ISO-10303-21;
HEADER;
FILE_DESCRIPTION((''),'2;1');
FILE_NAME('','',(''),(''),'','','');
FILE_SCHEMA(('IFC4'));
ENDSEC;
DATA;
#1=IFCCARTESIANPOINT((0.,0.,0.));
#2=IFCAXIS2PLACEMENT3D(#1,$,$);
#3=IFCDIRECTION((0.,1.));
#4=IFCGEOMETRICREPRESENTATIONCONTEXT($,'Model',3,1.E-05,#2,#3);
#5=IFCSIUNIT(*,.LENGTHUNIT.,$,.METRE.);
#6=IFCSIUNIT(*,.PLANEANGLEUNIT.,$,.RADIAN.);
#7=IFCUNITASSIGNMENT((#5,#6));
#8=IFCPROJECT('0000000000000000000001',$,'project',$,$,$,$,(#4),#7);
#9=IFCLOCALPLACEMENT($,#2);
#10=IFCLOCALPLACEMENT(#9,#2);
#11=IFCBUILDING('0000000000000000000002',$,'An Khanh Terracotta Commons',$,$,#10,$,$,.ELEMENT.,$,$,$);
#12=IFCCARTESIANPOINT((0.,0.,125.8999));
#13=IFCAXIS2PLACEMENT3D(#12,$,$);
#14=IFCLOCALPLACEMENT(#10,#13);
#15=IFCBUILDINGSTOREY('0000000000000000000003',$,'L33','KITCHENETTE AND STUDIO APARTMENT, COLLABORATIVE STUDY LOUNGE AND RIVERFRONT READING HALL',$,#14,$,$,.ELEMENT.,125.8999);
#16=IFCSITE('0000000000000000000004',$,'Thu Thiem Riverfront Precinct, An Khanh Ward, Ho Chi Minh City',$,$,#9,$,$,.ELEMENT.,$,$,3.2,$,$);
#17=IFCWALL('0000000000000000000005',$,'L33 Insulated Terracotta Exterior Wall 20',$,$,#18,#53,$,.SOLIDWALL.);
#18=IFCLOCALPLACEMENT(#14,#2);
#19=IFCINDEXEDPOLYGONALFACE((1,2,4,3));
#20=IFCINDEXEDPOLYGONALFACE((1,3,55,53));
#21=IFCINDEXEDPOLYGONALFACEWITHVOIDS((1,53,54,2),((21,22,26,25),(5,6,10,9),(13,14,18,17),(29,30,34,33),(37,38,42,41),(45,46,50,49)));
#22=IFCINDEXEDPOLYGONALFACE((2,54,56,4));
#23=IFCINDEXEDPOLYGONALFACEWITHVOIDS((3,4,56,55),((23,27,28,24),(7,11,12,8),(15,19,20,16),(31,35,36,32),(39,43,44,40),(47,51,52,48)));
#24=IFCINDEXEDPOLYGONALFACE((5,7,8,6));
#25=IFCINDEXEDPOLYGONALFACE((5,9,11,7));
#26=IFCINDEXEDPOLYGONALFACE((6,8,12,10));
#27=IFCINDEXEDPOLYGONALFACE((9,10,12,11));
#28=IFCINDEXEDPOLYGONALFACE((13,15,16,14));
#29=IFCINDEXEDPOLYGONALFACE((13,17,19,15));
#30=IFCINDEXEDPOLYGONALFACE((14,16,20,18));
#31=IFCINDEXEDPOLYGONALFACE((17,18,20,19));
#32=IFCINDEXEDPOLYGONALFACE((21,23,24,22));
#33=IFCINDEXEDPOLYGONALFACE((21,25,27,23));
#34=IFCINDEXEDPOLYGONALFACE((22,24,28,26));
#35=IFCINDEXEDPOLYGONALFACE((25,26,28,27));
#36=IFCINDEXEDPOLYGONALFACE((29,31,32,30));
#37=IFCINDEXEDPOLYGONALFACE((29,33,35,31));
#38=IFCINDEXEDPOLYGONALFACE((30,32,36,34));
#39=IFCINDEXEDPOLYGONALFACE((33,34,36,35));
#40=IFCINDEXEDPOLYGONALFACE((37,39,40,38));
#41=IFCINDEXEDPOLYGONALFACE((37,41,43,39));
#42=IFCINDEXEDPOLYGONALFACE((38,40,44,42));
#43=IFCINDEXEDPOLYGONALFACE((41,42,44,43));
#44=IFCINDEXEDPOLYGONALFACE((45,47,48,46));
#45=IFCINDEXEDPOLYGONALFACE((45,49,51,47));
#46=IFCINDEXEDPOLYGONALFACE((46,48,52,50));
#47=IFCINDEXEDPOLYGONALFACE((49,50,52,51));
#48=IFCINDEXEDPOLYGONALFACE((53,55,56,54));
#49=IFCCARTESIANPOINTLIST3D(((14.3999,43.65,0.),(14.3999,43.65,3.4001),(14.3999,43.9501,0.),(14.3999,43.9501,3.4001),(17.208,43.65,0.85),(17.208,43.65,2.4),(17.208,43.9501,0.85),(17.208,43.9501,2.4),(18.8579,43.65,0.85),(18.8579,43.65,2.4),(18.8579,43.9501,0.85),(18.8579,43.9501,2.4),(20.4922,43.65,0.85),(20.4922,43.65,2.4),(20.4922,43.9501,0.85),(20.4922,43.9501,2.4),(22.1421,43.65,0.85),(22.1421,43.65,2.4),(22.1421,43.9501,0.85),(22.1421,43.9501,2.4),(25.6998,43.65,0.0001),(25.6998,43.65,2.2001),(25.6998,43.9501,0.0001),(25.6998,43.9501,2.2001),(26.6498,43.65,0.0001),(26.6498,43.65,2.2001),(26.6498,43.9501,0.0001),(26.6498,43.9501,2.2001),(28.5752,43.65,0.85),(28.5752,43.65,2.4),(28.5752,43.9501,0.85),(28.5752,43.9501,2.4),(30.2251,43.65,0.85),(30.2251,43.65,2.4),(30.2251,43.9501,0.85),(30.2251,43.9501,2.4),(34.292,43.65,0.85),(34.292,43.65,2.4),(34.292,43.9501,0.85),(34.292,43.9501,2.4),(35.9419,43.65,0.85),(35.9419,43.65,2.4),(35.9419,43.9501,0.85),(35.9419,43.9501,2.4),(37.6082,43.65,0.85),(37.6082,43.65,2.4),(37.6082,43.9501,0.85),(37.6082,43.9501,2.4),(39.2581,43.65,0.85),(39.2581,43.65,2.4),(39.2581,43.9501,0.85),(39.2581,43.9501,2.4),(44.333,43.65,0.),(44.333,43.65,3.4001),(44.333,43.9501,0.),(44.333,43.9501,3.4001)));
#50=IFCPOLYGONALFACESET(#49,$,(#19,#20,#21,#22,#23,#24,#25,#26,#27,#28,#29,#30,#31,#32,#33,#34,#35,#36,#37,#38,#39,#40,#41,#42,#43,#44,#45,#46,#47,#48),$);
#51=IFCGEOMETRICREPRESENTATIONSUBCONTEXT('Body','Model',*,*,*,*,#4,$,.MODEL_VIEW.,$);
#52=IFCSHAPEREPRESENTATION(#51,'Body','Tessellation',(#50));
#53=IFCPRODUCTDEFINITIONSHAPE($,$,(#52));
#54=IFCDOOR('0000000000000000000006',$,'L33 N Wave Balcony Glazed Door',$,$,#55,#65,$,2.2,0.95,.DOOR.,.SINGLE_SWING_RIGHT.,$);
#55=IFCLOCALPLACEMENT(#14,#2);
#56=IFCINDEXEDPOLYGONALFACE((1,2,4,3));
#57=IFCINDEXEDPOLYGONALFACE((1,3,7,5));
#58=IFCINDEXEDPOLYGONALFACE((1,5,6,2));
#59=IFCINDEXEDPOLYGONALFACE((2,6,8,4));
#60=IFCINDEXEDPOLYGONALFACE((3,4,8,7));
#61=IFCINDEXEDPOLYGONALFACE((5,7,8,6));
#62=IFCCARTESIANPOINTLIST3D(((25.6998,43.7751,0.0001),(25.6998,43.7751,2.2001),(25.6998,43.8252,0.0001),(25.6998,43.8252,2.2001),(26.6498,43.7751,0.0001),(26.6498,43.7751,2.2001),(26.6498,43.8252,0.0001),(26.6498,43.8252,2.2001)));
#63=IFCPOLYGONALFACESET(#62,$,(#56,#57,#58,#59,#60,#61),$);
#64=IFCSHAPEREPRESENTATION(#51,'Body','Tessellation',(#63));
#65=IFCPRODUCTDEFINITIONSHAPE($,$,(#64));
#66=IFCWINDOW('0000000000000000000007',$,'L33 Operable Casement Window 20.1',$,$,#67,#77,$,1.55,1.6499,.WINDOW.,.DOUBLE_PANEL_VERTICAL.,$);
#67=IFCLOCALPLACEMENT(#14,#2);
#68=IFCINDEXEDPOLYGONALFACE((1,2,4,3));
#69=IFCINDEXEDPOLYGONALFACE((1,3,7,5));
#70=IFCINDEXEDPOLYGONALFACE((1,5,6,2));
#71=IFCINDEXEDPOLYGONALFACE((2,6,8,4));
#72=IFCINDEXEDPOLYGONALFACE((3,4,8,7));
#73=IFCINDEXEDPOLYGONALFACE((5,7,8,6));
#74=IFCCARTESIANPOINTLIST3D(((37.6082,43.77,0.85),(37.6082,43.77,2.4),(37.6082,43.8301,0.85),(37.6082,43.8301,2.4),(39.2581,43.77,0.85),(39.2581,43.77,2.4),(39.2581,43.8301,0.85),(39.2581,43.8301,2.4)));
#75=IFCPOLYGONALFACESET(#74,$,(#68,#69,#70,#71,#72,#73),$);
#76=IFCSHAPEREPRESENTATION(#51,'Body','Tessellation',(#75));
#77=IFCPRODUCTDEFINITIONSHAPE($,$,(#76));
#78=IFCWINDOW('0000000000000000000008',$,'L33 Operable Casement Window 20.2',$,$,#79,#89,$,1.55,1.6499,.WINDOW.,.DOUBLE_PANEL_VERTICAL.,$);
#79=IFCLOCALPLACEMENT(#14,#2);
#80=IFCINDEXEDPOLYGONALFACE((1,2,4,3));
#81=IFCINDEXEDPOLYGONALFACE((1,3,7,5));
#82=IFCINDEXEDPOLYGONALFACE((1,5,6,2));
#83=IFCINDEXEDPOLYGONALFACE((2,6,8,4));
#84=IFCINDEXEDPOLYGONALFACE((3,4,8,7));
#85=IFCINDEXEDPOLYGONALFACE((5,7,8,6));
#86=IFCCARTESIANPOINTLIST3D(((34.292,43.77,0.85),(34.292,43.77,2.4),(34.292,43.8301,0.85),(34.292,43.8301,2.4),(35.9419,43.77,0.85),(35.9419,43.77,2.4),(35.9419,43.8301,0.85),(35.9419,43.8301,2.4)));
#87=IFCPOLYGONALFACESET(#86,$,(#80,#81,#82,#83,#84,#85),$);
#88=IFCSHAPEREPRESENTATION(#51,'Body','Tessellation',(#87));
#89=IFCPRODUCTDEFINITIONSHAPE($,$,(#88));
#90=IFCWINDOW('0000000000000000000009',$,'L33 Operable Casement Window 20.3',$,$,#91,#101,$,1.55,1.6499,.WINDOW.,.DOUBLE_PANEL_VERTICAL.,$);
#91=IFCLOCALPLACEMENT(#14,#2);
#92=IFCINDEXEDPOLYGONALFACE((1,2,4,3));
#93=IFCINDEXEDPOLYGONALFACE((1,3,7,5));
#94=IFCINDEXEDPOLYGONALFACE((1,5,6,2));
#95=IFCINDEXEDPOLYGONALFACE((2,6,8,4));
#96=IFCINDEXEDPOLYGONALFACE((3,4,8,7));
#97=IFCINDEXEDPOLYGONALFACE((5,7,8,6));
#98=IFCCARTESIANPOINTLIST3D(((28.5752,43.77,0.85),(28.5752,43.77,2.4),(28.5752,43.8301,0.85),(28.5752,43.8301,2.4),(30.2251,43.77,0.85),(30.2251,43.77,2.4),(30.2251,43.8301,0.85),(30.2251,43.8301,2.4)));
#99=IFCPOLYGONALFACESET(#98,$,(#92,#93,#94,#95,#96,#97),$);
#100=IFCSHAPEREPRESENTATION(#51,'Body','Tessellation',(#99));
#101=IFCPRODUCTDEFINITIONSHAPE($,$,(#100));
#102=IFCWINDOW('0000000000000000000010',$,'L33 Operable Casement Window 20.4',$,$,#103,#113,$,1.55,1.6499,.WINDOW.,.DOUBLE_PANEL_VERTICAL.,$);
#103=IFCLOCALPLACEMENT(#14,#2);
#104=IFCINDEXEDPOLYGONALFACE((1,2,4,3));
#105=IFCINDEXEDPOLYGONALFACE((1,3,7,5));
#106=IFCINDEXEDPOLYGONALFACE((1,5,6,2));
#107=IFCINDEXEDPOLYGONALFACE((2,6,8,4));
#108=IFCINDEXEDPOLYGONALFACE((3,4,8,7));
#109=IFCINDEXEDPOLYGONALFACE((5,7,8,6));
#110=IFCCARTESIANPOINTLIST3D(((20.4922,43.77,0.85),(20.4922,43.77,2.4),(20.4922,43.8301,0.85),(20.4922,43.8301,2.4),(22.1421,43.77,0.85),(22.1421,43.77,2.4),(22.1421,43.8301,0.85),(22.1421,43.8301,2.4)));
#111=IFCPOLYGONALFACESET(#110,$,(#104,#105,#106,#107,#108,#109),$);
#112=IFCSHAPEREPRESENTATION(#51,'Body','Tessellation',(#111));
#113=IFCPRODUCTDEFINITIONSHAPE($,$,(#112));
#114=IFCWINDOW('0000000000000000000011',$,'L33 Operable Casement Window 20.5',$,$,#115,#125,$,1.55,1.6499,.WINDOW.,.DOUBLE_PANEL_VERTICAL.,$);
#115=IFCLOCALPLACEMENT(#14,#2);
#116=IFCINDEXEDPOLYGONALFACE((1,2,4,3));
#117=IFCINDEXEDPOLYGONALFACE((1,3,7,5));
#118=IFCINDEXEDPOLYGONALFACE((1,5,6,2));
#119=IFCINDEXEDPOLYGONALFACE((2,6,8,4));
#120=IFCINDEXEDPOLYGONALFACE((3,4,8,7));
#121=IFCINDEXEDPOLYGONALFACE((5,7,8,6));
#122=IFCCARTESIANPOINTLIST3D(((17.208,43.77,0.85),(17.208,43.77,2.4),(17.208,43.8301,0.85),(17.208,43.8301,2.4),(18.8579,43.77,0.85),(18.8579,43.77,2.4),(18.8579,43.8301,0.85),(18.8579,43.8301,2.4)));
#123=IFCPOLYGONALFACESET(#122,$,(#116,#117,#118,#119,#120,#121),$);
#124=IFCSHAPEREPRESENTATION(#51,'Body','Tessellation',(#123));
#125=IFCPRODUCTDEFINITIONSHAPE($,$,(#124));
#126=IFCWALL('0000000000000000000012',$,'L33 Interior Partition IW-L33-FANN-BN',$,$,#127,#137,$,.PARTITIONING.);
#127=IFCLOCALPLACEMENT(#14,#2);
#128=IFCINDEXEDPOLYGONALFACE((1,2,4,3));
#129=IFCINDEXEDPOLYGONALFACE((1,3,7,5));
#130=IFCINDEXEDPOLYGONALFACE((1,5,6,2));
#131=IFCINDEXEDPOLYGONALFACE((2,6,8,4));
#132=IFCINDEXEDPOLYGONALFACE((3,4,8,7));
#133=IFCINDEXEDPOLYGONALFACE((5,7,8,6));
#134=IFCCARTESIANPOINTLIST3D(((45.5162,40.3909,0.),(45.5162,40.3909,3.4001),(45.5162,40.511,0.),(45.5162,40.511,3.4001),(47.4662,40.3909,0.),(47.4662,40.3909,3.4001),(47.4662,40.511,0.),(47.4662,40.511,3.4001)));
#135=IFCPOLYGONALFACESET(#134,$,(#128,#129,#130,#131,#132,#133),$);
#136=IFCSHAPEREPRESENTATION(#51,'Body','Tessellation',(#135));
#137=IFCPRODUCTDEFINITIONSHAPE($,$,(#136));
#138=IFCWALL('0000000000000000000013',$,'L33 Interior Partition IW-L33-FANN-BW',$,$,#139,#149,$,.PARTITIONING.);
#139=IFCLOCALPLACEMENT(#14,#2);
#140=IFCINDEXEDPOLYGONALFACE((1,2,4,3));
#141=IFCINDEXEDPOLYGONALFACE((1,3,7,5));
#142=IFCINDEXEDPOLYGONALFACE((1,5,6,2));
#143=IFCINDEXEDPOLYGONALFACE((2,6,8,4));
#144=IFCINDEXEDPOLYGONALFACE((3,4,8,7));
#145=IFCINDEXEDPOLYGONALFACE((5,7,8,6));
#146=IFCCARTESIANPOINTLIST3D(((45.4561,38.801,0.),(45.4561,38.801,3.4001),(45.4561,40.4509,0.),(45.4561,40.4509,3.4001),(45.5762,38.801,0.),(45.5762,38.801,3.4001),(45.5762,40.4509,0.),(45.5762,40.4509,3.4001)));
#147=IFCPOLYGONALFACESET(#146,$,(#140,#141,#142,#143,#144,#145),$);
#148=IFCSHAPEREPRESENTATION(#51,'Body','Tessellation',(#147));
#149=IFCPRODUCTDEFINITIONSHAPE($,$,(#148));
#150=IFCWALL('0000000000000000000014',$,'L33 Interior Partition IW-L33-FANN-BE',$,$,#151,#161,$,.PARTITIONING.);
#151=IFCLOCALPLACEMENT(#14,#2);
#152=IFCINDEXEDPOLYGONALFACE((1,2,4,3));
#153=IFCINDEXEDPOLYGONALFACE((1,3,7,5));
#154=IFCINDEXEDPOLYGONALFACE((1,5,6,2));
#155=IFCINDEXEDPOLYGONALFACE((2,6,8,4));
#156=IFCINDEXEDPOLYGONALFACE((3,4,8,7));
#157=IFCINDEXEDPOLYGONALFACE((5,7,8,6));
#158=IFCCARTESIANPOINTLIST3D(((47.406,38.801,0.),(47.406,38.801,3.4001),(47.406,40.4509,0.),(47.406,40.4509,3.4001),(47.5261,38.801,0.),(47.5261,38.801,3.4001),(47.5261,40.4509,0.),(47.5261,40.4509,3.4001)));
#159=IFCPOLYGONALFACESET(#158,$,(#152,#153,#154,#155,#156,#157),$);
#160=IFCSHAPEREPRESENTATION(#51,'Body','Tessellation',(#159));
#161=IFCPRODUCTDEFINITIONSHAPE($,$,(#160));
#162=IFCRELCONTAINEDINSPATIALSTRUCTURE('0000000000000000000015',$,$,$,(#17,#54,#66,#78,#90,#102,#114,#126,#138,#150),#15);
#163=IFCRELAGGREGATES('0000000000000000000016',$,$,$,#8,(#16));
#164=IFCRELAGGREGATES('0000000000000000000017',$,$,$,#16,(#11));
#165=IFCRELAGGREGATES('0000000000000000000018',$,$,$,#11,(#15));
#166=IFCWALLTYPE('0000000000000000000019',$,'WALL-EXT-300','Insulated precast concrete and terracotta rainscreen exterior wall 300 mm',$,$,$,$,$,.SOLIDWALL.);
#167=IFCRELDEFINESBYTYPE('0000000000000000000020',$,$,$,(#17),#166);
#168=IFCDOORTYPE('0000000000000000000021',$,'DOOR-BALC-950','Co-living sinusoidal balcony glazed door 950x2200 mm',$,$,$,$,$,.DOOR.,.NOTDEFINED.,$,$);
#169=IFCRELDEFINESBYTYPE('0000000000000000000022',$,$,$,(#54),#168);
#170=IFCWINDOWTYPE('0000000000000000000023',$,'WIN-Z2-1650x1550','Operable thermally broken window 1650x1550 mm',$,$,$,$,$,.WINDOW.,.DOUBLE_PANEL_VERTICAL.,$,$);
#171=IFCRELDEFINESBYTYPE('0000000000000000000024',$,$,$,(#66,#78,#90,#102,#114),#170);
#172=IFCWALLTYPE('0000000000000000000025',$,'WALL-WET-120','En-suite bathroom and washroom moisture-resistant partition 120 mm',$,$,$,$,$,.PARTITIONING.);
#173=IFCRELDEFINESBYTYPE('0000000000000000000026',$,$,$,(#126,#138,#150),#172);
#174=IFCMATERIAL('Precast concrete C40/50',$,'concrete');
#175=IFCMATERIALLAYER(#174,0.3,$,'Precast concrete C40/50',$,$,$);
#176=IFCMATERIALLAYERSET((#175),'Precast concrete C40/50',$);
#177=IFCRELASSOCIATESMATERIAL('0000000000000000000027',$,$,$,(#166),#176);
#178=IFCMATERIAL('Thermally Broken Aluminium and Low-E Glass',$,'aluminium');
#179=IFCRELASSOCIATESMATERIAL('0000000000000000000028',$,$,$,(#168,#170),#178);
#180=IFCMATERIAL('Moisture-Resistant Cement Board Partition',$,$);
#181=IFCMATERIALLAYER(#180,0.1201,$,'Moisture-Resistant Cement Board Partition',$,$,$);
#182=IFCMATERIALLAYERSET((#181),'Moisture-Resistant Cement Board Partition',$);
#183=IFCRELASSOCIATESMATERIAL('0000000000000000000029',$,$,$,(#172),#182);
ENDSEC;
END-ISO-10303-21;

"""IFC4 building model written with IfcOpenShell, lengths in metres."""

from ifc_helpers import new_model, si_unit, direction, frame, frame_2d, origin, place, context, subcontext, project, spatial, rectangle, extrude, material, layer, layer_set, type_object, element, fill, save


model = new_model("IFC4")

# Units and contexts
model_context = context("Model", 3, precision=1e-05, world=origin(), true_north=direction((0.0, 1.0)))
body_context = subcontext(model_context, "Body", "Model", "MODEL_VIEW")
ifc_project = project(units=[si_unit("LENGTHUNIT", "METRE"), si_unit("PLANEANGLEUNIT", "RADIAN")], contexts=[model_context])

# Site, building, storey
site_placement = place(None, origin())
site = spatial("IfcSite", under=ifc_project, at=site_placement, Name="Thu Thiem Riverfront Precinct, An Khanh Ward, Ho Chi Minh City", CompositionType="ELEMENT", RefElevation=3.2)
building_placement = place(site_placement, origin())
building = spatial("IfcBuilding", under=site, at=building_placement, Name="An Khanh Terracotta Commons", CompositionType="ELEMENT")
storey_placement = place(building_placement, frame((0.0, 0.0, 125.8999)))
storey = spatial("IfcBuildingStorey", under=building, at=storey_placement, Name="L33", Description="KITCHENETTE AND STUDIO APARTMENT, COLLABORATIVE STUDY LOUNGE AND RIVERFRONT READING HALL", CompositionType="ELEMENT", Elevation=125.8999)

# Shared definitions
ifc_material_1 = material(Name="Precast concrete C40/50", Category="concrete")
ifc_layer_1 = layer(ifc_material_1, 0.3, Name="Precast concrete C40/50")
ifc_layer_set_1 = layer_set([ifc_layer_1], Name="Precast concrete C40/50")
wall_type_1 = type_object("IfcWallType", Name="WALL-EXT-300", Description="Insulated precast concrete and terracotta rainscreen exterior wall 300 mm", PredefinedType="SOLIDWALL", material=ifc_layer_set_1)

# Wall, openings, door, windows
wall_1_placement = place(storey_placement, frame((44.333, 43.8, 0.0), z_axis=(0.0, 0.0, 1.0), x_axis=(-1.0, 0.0, 0.0)))
wall_1 = element("IfcWall", 1, at=wall_1_placement, inside=storey, type_object=wall_type_1, Name="L33 Insulated Terracotta Exterior Wall 20", PredefinedType="SOLIDWALL", context=body_context, shape_type="SweptSolid", body=[
    extrude(rectangle(XDim=29.9331, YDim=0.3, at=frame_2d((14.9666, 0.0))), origin(), (0.0, 0.0, 1.0), 3.4001),
])
opening_1_placement = place(wall_1_placement, frame((17.6831, 0.0, 0.0)))
opening_1 = element("IfcOpeningElement", 2, at=opening_1_placement, cuts=wall_1, PredefinedType="OPENING", context=body_context, shape_type="SweptSolid", body=[
    extrude(rectangle(XDim=0.95, YDim=2.2, at=frame_2d((0.4751, 1.1001))), frame((0.0, 0.1599, 0.0), z_axis=(0.0, -1.0, 0.0), x_axis=(1.0, 0.0, 0.0)), (0.0, 0.0, 1.0), 0.3201),
])
opening_2_placement = place(wall_1_placement, frame((5.075, 0.0, 0.8501)))
opening_2 = element("IfcOpeningElement", 3, at=opening_2_placement, cuts=wall_1, PredefinedType="OPENING", context=body_context, shape_type="SweptSolid", body=[
    extrude(rectangle(XDim=1.6499, YDim=1.55, at=frame_2d((0.825, 0.7749))), frame((0.0, 0.1599, 0.0), z_axis=(0.0, -1.0, 0.0), x_axis=(1.0, 0.0, 0.0)), (0.0, 0.0, 1.0), 0.3201),
])
opening_3_placement = place(wall_1_placement, frame((8.3911, 0.0, 0.8501)))
opening_3 = element("IfcOpeningElement", 4, at=opening_3_placement, cuts=wall_1, PredefinedType="OPENING", context=body_context, shape_type="SweptSolid", body=[
    extrude(rectangle(XDim=1.6499, YDim=1.55, at=frame_2d((0.825, 0.7749))), frame((0.0, 0.1599, 0.0), z_axis=(0.0, -1.0, 0.0), x_axis=(1.0, 0.0, 0.0)), (0.0, 0.0, 1.0), 0.3201),
])
opening_4_placement = place(wall_1_placement, frame((14.1079, 0.0, 0.8501)))
opening_4 = element("IfcOpeningElement", 5, at=opening_4_placement, cuts=wall_1, PredefinedType="OPENING", context=body_context, shape_type="SweptSolid", body=[
    extrude(rectangle(XDim=1.6499, YDim=1.55, at=frame_2d((0.825, 0.7749))), frame((0.0, 0.1599, 0.0), z_axis=(0.0, -1.0, 0.0), x_axis=(1.0, 0.0, 0.0)), (0.0, 0.0, 1.0), 0.3201),
])
opening_5_placement = place(wall_1_placement, frame((22.1909, 0.0, 0.8501)))
opening_5 = element("IfcOpeningElement", 6, at=opening_5_placement, cuts=wall_1, PredefinedType="OPENING", context=body_context, shape_type="SweptSolid", body=[
    extrude(rectangle(XDim=1.6499, YDim=1.55, at=frame_2d((0.825, 0.7749))), frame((0.0, 0.1599, 0.0), z_axis=(0.0, -1.0, 0.0), x_axis=(1.0, 0.0, 0.0)), (0.0, 0.0, 1.0), 0.3201),
])
opening_6_placement = place(wall_1_placement, frame((25.4751, 0.0, 0.8501)))
opening_6 = element("IfcOpeningElement", 7, at=opening_6_placement, cuts=wall_1, PredefinedType="OPENING", context=body_context, shape_type="SweptSolid", body=[
    extrude(rectangle(XDim=1.6499, YDim=1.55, at=frame_2d((0.825, 0.7749))), frame((0.0, 0.1599, 0.0), z_axis=(0.0, -1.0, 0.0), x_axis=(1.0, 0.0, 0.0)), (0.0, 0.0, 1.0), 0.3201),
])
ifc_material_2 = material(Name="Thermally Broken Aluminium and Low-E Glass", Category="aluminium")
door_type = type_object("IfcDoorType", Name="DOOR-BALC-950", Description="Co-living sinusoidal balcony glazed door 950x2200 mm", OperationType="NOTDEFINED", PredefinedType="DOOR", material=ifc_material_2)
door_placement = place(opening_1_placement, origin())
door = element("IfcDoor", 8, at=door_placement, inside=storey, type_object=door_type, Name="L33 N Wave Balcony Glazed Door", OperationType="SINGLE_SWING_RIGHT", OverallHeight=2.2, OverallWidth=0.95, PredefinedType="DOOR", context=body_context, shape_type="SweptSolid", body=[
    extrude(rectangle(XDim=0.95, YDim=2.2, at=frame_2d((0.4751, 1.1001))), frame((0.0, 0.0249, 0.0), z_axis=(0.0, -1.0, 0.0), x_axis=(1.0, 0.0, 0.0)), (0.0, 0.0, 1.0), 0.05),
])
fill(opening_1, door)
window_type = type_object("IfcWindowType", Name="WIN-Z2-1650x1550", Description="Operable thermally broken window 1650x1550 mm", PartitioningType="DOUBLE_PANEL_VERTICAL", PredefinedType="WINDOW", material=ifc_material_2)
window_1_placement = place(opening_2_placement, origin())
window_1 = element("IfcWindow", 9, at=window_1_placement, inside=storey, type_object=window_type, Name="L33 Operable Casement Window 20.1", OverallHeight=1.55, OverallWidth=1.6499, PartitioningType="DOUBLE_PANEL_VERTICAL", PredefinedType="WINDOW", context=body_context, shape_type="SweptSolid", body=[
    extrude(rectangle(XDim=1.6499, YDim=1.55, at=frame_2d((0.825, 0.7749))), frame((0.0, 0.03, 0.0), z_axis=(0.0, -1.0, 0.0), x_axis=(1.0, 0.0, 0.0)), (0.0, 0.0, 1.0), 0.0601),
])
fill(opening_2, window_1)
window_2_placement = place(opening_3_placement, origin())
window_2 = element("IfcWindow", 10, at=window_2_placement, inside=storey, type_object=window_type, Name="L33 Operable Casement Window 20.2", OverallHeight=1.55, OverallWidth=1.6499, PartitioningType="DOUBLE_PANEL_VERTICAL", PredefinedType="WINDOW", context=body_context, shape_type="SweptSolid", body=[
    extrude(rectangle(XDim=1.6499, YDim=1.55, at=frame_2d((0.825, 0.7749))), frame((0.0, 0.03, 0.0), z_axis=(0.0, -1.0, 0.0), x_axis=(1.0, 0.0, 0.0)), (0.0, 0.0, 1.0), 0.0601),
])
fill(opening_3, window_2)
window_3_placement = place(opening_4_placement, origin())
window_3 = element("IfcWindow", 11, at=window_3_placement, inside=storey, type_object=window_type, Name="L33 Operable Casement Window 20.3", OverallHeight=1.55, OverallWidth=1.6499, PartitioningType="DOUBLE_PANEL_VERTICAL", PredefinedType="WINDOW", context=body_context, shape_type="SweptSolid", body=[
    extrude(rectangle(XDim=1.6499, YDim=1.55, at=frame_2d((0.825, 0.7749))), frame((0.0, 0.03, 0.0), z_axis=(0.0, -1.0, 0.0), x_axis=(1.0, 0.0, 0.0)), (0.0, 0.0, 1.0), 0.0601),
])
fill(opening_4, window_3)
window_4_placement = place(opening_5_placement, origin())
window_4 = element("IfcWindow", 12, at=window_4_placement, inside=storey, type_object=window_type, Name="L33 Operable Casement Window 20.4", OverallHeight=1.55, OverallWidth=1.6499, PartitioningType="DOUBLE_PANEL_VERTICAL", PredefinedType="WINDOW", context=body_context, shape_type="SweptSolid", body=[
    extrude(rectangle(XDim=1.6499, YDim=1.55, at=frame_2d((0.825, 0.7749))), frame((0.0, 0.03, 0.0), z_axis=(0.0, -1.0, 0.0), x_axis=(1.0, 0.0, 0.0)), (0.0, 0.0, 1.0), 0.0601),
])
fill(opening_5, window_4)
window_5_placement = place(opening_6_placement, origin())
window_5 = element("IfcWindow", 13, at=window_5_placement, inside=storey, type_object=window_type, Name="L33 Operable Casement Window 20.5", OverallHeight=1.55, OverallWidth=1.6499, PartitioningType="DOUBLE_PANEL_VERTICAL", PredefinedType="WINDOW", context=body_context, shape_type="SweptSolid", body=[
    extrude(rectangle(XDim=1.6499, YDim=1.55, at=frame_2d((0.825, 0.7749))), frame((0.0, 0.03, 0.0), z_axis=(0.0, -1.0, 0.0), x_axis=(1.0, 0.0, 0.0)), (0.0, 0.0, 1.0), 0.0601),
])
fill(opening_6, window_5)

# Walls
ifc_material_3 = material(Name="Moisture-Resistant Cement Board Partition")
ifc_layer_2 = layer(ifc_material_3, 0.1201, Name="Moisture-Resistant Cement Board Partition")
ifc_layer_set_2 = layer_set([ifc_layer_2], Name="Moisture-Resistant Cement Board Partition")
wall_type_2 = type_object("IfcWallType", Name="WALL-WET-120", Description="En-suite bathroom and washroom moisture-resistant partition 120 mm", PredefinedType="PARTITIONING", material=ifc_layer_set_2)
wall_2_placement = place(storey_placement, frame((45.5161, 40.4509, 0.0), z_axis=(0.0, 0.0, 1.0), x_axis=(1.0, 0.0, 0.0)))
element("IfcWall", 14, at=wall_2_placement, inside=storey, type_object=wall_type_2, Name="L33 Interior Partition IW-L33-FANN-BN", PredefinedType="PARTITIONING", context=body_context, shape_type="SweptSolid", body=[
    extrude(rectangle(XDim=1.95, YDim=0.1201, at=frame_2d((0.9751, 0.0))), origin(), (0.0, 0.0, 1.0), 3.4001),
])
for number, where, z_axis, x_axis, name in (
    (15, (45.5161, 40.4509, 0.0), (0.0, 0.0, 1.0), (0.0, -1.0, 0.0), "L33 Interior Partition IW-L33-FANN-BW"),
    (16, (47.4661, 38.801, 0.0), (0.0, 0.0, 1.0), (0.0, 1.0, 0.0), "L33 Interior Partition IW-L33-FANN-BE"),
):
    element("IfcWall", number, at=place(storey_placement, frame(where, z_axis=z_axis, x_axis=x_axis)), inside=storey, type_object=wall_type_2, Name=name, PredefinedType="PARTITIONING", context=body_context, shape_type="SweptSolid", body=[
        extrude(rectangle(XDim=1.6499, YDim=0.1201, at=frame_2d((0.825, 0.0))), origin(), (0.0, 0.0, 1.0), 3.4001),
    ])

save(model, "model.ifc")
